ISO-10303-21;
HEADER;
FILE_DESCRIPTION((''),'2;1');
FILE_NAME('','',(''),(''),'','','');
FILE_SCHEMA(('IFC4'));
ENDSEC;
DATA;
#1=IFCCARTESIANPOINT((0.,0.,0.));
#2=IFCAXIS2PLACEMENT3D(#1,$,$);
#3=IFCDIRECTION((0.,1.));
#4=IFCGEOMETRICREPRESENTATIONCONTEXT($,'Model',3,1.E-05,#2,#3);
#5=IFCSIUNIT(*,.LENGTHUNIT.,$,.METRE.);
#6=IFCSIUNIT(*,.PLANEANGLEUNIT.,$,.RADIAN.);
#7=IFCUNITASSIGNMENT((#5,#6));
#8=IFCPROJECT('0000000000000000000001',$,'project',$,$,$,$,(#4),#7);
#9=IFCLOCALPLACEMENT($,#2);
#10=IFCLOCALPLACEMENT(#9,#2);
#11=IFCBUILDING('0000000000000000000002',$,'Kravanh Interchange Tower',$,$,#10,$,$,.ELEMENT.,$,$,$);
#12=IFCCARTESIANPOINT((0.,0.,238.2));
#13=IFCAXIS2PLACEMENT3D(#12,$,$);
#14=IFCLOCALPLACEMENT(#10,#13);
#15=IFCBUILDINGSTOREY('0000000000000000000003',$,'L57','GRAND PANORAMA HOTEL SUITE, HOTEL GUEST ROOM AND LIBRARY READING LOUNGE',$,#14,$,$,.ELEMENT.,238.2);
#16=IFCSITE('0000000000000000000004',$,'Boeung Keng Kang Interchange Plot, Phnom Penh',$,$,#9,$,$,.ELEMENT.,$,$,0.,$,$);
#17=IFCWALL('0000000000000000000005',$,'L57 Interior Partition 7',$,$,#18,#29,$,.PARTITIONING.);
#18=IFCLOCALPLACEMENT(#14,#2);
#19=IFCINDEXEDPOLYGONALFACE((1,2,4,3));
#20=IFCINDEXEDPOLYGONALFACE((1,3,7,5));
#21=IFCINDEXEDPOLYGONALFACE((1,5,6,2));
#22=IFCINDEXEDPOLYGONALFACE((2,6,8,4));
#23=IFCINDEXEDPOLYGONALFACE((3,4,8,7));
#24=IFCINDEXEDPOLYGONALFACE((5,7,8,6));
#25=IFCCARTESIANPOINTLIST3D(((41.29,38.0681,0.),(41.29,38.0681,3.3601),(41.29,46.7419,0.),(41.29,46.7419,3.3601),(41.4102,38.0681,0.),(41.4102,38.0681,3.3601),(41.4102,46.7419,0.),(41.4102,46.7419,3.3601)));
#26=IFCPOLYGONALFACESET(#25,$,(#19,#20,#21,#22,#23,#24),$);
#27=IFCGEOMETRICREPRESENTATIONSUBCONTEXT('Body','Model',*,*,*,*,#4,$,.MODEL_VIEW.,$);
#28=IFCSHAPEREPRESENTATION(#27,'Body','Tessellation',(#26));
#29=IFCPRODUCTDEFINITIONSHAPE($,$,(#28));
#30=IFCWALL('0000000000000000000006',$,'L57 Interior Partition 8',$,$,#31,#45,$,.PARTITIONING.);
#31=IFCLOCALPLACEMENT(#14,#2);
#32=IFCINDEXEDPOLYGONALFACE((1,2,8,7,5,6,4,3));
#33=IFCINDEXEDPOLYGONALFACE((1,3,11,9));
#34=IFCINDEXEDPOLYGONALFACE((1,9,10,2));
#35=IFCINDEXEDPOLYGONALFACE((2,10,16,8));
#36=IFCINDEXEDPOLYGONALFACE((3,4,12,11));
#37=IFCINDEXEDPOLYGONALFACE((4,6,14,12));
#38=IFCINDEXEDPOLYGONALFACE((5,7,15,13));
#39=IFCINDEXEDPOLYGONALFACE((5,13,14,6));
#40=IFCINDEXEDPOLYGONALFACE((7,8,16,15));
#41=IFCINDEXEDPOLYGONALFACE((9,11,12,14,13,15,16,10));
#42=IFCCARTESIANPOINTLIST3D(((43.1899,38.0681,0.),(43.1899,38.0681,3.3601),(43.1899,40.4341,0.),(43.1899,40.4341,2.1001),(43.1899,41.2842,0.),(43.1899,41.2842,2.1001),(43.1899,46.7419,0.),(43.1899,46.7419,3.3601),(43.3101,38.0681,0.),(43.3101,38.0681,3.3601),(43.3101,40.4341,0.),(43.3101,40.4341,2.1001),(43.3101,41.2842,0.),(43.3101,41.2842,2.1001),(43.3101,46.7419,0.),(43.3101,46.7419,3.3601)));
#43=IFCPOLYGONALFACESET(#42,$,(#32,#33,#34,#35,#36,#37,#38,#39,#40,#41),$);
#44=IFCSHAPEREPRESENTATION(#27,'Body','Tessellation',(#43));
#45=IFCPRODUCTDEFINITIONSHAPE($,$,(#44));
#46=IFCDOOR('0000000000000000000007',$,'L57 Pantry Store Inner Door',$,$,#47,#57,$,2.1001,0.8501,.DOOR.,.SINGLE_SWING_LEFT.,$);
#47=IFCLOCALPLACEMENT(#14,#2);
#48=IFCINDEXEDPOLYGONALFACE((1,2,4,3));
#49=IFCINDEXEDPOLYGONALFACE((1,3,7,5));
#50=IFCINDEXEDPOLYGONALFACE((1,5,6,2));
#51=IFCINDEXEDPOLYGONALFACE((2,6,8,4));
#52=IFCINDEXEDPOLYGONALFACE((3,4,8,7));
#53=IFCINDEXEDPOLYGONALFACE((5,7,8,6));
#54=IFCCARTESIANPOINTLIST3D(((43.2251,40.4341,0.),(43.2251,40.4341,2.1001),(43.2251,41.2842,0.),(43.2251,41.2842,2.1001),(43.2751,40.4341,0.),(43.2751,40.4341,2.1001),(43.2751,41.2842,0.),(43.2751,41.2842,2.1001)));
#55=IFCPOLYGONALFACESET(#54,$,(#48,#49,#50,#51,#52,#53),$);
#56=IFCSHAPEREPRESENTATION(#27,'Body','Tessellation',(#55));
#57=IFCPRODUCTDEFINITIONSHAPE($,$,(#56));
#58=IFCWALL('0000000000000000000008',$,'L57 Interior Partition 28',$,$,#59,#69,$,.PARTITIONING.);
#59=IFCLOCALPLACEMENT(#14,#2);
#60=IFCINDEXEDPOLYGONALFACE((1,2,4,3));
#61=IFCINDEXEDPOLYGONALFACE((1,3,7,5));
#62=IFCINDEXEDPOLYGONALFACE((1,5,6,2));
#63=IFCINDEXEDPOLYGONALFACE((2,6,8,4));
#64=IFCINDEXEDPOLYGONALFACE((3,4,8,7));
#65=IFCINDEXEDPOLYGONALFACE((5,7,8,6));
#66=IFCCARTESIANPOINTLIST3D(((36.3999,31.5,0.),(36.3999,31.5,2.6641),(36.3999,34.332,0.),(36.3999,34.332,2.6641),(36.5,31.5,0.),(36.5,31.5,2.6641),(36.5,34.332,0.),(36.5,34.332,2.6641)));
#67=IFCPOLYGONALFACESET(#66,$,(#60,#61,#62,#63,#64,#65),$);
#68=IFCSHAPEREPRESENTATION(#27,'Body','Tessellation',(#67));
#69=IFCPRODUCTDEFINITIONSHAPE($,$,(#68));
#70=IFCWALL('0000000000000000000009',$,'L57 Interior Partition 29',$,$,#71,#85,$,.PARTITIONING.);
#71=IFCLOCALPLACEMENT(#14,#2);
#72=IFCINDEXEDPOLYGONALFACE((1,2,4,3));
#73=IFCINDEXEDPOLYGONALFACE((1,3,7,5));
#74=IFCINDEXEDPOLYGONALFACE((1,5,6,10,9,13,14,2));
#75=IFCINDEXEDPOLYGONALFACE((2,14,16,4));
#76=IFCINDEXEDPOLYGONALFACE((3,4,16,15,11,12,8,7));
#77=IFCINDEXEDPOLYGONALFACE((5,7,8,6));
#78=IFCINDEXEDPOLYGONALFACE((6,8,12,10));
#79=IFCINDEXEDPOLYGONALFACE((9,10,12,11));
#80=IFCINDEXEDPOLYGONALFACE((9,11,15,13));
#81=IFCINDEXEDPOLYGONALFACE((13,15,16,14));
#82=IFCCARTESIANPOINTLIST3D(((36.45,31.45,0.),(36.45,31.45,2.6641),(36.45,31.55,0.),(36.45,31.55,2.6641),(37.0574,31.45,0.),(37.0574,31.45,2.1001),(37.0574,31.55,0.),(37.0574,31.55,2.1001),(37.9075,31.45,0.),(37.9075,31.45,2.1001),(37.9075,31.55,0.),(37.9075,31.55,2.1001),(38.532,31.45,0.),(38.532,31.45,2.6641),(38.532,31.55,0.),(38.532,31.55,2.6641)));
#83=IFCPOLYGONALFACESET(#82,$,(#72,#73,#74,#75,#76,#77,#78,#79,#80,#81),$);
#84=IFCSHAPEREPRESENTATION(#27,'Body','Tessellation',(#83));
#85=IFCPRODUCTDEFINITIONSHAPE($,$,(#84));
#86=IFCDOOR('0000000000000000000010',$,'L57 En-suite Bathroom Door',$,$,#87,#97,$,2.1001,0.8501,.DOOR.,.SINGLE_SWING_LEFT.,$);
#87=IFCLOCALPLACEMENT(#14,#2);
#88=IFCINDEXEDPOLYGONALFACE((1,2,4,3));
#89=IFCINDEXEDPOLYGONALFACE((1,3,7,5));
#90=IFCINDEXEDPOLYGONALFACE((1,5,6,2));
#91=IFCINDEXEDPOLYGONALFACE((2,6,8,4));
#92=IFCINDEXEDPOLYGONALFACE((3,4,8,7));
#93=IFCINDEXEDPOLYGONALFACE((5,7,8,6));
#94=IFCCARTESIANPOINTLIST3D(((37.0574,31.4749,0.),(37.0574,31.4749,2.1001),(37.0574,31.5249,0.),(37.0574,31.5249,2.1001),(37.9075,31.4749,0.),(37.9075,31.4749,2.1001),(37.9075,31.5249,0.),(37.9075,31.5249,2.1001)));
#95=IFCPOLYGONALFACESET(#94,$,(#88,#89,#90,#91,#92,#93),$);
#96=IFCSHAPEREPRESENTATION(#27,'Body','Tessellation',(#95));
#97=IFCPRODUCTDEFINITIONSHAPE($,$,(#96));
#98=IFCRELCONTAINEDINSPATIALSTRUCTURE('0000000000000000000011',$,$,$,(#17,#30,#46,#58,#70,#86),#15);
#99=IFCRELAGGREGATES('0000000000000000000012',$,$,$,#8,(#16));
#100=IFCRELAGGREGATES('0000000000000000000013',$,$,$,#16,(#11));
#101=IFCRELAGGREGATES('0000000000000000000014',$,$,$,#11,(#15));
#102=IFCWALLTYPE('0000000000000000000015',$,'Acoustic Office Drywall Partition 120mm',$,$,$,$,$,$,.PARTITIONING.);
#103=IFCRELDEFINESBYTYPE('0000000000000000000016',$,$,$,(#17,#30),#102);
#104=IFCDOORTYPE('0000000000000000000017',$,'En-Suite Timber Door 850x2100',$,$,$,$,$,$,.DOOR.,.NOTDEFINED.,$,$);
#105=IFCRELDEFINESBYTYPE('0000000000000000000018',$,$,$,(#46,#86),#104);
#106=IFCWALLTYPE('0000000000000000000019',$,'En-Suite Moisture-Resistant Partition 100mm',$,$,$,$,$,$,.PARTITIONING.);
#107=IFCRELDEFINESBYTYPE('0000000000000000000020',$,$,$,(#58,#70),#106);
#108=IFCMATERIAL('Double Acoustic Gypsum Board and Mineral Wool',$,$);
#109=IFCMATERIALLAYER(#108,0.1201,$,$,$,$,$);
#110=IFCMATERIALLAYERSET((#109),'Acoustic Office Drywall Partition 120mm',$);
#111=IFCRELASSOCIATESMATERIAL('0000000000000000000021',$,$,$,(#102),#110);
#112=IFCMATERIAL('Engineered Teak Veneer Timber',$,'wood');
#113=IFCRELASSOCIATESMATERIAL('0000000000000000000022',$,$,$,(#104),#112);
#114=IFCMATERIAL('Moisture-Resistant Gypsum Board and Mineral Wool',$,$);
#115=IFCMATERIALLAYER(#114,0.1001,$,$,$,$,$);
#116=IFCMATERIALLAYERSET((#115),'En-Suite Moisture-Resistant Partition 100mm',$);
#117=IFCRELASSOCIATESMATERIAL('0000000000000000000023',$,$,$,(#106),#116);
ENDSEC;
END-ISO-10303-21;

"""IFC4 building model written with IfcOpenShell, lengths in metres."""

from ifc_helpers import new_model, si_unit, direction, frame, frame_2d, origin, place, context, subcontext, project, spatial, rectangle, extrude, material, layer, layer_set, type_object, element, fill, save


model = new_model("IFC4")

# Units and contexts
model_context = context("Model", 3, precision=1e-05, world=origin(), true_north=direction((0.0, 1.0)))
body_context = subcontext(model_context, "Body", "Model", "MODEL_VIEW")
ifc_project = project(units=[si_unit("LENGTHUNIT", "METRE"), si_unit("PLANEANGLEUNIT", "RADIAN")], contexts=[model_context])

# Site, building, storey
site_placement = place(None, origin())
site = spatial("IfcSite", under=ifc_project, at=site_placement, Name="Boeung Keng Kang Interchange Plot, Phnom Penh", CompositionType="ELEMENT", RefElevation=0.0)
building_placement = place(site_placement, origin())
building = spatial("IfcBuilding", under=site, at=building_placement, Name="Kravanh Interchange Tower", CompositionType="ELEMENT")
storey_placement = place(building_placement, frame((0.0, 0.0, 238.2)))
storey = spatial("IfcBuildingStorey", under=building, at=storey_placement, Name="L57", Description="GRAND PANORAMA HOTEL SUITE, HOTEL GUEST ROOM AND LIBRARY READING LOUNGE", CompositionType="ELEMENT", Elevation=238.2)

# Wall
ifc_material_1 = material(Name="Double Acoustic Gypsum Board and Mineral Wool")
ifc_layer_1 = layer(ifc_material_1, 0.1201)
ifc_layer_set_1 = layer_set([ifc_layer_1], Name="Acoustic Office Drywall Partition 120mm")
wall_type_1 = type_object("IfcWallType", Name="Acoustic Office Drywall Partition 120mm", PredefinedType="PARTITIONING", material=ifc_layer_set_1)
wall_1_placement = place(storey_placement, frame((41.3501, 38.0681, 0.0), z_axis=(0.0, 0.0, 1.0), x_axis=(0.0, 1.0, 0.0)))
element("IfcWall", 1, at=wall_1_placement, inside=storey, type_object=wall_type_1, Name="L57 Interior Partition 7", PredefinedType="PARTITIONING", context=body_context, shape_type="SweptSolid", body=[
    extrude(rectangle(XDim=8.6738, YDim=0.1201, at=frame_2d((4.3369, 0.0))), origin(), (0.0, 0.0, 1.0), 3.3601),
])

# Wall, opening, door
wall_2_placement = place(storey_placement, frame((43.25, 38.0681, 0.0), z_axis=(0.0, 0.0, 1.0), x_axis=(0.0, 1.0, 0.0)))
wall_2 = element("IfcWall", 2, at=wall_2_placement, inside=storey, type_object=wall_type_1, Name="L57 Interior Partition 8", PredefinedType="PARTITIONING", context=body_context, shape_type="SweptSolid", body=[
    extrude(rectangle(XDim=8.6738, YDim=0.1201, at=frame_2d((4.3369, 0.0))), origin(), (0.0, 0.0, 1.0), 3.3601),
])
opening_1_placement = place(wall_2_placement, frame((2.366, 0.0, 0.0)))
opening_1 = element("IfcOpeningElement", 3, at=opening_1_placement, cuts=wall_2, PredefinedType="OPENING", context=body_context, shape_type="SweptSolid", body=[
    extrude(rectangle(XDim=0.8501, YDim=2.1001, at=frame_2d((0.425, 1.05))), frame((0.0, 0.0701, 0.0), z_axis=(0.0, -1.0, 0.0), x_axis=(1.0, 0.0, 0.0)), (0.0, 0.0, 1.0), 0.1401),
])
ifc_material_2 = material(Name="Engineered Teak Veneer Timber", Category="wood")
door_type = type_object("IfcDoorType", Name="En-Suite Timber Door 850x2100", OperationType="NOTDEFINED", PredefinedType="DOOR", material=ifc_material_2)
door_1_placement = place(opening_1_placement, origin())
door_1 = element("IfcDoor", 4, at=door_1_placement, inside=storey, type_object=door_type, Name="L57 Pantry Store Inner Door", OperationType="SINGLE_SWING_LEFT", OverallHeight=2.1001, OverallWidth=0.8501, PredefinedType="DOOR", context=body_context, shape_type="SweptSolid", body=[
    extrude(rectangle(XDim=0.8501, YDim=2.1001, at=frame_2d((0.425, 1.05))), frame((0.0, 0.0249, 0.0), z_axis=(0.0, -1.0, 0.0), x_axis=(1.0, 0.0, 0.0)), (0.0, 0.0, 1.0), 0.05),
])
fill(opening_1, door_1)

# Wall
ifc_material_3 = material(Name="Moisture-Resistant Gypsum Board and Mineral Wool")
ifc_layer_2 = layer(ifc_material_3, 0.1001)
ifc_layer_set_2 = layer_set([ifc_layer_2], Name="En-Suite Moisture-Resistant Partition 100mm")
wall_type_2 = type_object("IfcWallType", Name="En-Suite Moisture-Resistant Partition 100mm", PredefinedType="PARTITIONING", material=ifc_layer_set_2)
wall_3_placement = place(storey_placement, frame((36.45, 31.5, 0.0), z_axis=(0.0, 0.0, 1.0), x_axis=(0.0, 1.0, 0.0)))
element("IfcWall", 5, at=wall_3_placement, inside=storey, type_object=wall_type_2, Name="L57 Interior Partition 28", PredefinedType="PARTITIONING", context=body_context, shape_type="SweptSolid", body=[
    extrude(rectangle(XDim=2.832, YDim=0.1001, at=frame_2d((1.416, 0.0))), origin(), (0.0, 0.0, 1.0), 2.6641),
])

# Wall, opening, door
wall_4_placement = place(storey_placement, frame((36.45, 31.5, 0.0), z_axis=(0.0, 0.0, 1.0), x_axis=(1.0, 0.0, 0.0)))
wall_4 = element("IfcWall", 6, at=wall_4_placement, inside=storey, type_object=wall_type_2, Name="L57 Interior Partition 29", PredefinedType="PARTITIONING", context=body_context, shape_type="SweptSolid", body=[
    extrude(rectangle(XDim=2.082, YDim=0.1001, at=frame_2d((1.041, 0.0))), origin(), (0.0, 0.0, 1.0), 2.6641),
])
opening_2_placement = place(wall_4_placement, frame((0.6074, 0.0, 0.0)))
opening_2 = element("IfcOpeningElement", 7, at=opening_2_placement, cuts=wall_4, PredefinedType="OPENING", context=body_context, shape_type="SweptSolid", body=[
    extrude(rectangle(XDim=0.8501, YDim=2.1001, at=frame_2d((0.425, 1.05))), frame((0.0, 0.0601, 0.0), z_axis=(0.0, -1.0, 0.0), x_axis=(1.0, 0.0, 0.0)), (0.0, 0.0, 1.0), 0.1201),
])
door_2_placement = place(opening_2_placement, origin())
door_2 = element("IfcDoor", 8, at=door_2_placement, inside=storey, type_object=door_type, Name="L57 En-suite Bathroom Door", OperationType="SINGLE_SWING_LEFT", OverallHeight=2.1001, OverallWidth=0.8501, PredefinedType="DOOR", context=body_context, shape_type="SweptSolid", body=[
    extrude(rectangle(XDim=0.8501, YDim=2.1001, at=frame_2d((0.425, 1.05))), frame((0.0, 0.0249, 0.0), z_axis=(0.0, -1.0, 0.0), x_axis=(1.0, 0.0, 0.0)), (0.0, 0.0, 1.0), 0.05),
])
fill(opening_2, door_2)

save(model, "model.ifc")
